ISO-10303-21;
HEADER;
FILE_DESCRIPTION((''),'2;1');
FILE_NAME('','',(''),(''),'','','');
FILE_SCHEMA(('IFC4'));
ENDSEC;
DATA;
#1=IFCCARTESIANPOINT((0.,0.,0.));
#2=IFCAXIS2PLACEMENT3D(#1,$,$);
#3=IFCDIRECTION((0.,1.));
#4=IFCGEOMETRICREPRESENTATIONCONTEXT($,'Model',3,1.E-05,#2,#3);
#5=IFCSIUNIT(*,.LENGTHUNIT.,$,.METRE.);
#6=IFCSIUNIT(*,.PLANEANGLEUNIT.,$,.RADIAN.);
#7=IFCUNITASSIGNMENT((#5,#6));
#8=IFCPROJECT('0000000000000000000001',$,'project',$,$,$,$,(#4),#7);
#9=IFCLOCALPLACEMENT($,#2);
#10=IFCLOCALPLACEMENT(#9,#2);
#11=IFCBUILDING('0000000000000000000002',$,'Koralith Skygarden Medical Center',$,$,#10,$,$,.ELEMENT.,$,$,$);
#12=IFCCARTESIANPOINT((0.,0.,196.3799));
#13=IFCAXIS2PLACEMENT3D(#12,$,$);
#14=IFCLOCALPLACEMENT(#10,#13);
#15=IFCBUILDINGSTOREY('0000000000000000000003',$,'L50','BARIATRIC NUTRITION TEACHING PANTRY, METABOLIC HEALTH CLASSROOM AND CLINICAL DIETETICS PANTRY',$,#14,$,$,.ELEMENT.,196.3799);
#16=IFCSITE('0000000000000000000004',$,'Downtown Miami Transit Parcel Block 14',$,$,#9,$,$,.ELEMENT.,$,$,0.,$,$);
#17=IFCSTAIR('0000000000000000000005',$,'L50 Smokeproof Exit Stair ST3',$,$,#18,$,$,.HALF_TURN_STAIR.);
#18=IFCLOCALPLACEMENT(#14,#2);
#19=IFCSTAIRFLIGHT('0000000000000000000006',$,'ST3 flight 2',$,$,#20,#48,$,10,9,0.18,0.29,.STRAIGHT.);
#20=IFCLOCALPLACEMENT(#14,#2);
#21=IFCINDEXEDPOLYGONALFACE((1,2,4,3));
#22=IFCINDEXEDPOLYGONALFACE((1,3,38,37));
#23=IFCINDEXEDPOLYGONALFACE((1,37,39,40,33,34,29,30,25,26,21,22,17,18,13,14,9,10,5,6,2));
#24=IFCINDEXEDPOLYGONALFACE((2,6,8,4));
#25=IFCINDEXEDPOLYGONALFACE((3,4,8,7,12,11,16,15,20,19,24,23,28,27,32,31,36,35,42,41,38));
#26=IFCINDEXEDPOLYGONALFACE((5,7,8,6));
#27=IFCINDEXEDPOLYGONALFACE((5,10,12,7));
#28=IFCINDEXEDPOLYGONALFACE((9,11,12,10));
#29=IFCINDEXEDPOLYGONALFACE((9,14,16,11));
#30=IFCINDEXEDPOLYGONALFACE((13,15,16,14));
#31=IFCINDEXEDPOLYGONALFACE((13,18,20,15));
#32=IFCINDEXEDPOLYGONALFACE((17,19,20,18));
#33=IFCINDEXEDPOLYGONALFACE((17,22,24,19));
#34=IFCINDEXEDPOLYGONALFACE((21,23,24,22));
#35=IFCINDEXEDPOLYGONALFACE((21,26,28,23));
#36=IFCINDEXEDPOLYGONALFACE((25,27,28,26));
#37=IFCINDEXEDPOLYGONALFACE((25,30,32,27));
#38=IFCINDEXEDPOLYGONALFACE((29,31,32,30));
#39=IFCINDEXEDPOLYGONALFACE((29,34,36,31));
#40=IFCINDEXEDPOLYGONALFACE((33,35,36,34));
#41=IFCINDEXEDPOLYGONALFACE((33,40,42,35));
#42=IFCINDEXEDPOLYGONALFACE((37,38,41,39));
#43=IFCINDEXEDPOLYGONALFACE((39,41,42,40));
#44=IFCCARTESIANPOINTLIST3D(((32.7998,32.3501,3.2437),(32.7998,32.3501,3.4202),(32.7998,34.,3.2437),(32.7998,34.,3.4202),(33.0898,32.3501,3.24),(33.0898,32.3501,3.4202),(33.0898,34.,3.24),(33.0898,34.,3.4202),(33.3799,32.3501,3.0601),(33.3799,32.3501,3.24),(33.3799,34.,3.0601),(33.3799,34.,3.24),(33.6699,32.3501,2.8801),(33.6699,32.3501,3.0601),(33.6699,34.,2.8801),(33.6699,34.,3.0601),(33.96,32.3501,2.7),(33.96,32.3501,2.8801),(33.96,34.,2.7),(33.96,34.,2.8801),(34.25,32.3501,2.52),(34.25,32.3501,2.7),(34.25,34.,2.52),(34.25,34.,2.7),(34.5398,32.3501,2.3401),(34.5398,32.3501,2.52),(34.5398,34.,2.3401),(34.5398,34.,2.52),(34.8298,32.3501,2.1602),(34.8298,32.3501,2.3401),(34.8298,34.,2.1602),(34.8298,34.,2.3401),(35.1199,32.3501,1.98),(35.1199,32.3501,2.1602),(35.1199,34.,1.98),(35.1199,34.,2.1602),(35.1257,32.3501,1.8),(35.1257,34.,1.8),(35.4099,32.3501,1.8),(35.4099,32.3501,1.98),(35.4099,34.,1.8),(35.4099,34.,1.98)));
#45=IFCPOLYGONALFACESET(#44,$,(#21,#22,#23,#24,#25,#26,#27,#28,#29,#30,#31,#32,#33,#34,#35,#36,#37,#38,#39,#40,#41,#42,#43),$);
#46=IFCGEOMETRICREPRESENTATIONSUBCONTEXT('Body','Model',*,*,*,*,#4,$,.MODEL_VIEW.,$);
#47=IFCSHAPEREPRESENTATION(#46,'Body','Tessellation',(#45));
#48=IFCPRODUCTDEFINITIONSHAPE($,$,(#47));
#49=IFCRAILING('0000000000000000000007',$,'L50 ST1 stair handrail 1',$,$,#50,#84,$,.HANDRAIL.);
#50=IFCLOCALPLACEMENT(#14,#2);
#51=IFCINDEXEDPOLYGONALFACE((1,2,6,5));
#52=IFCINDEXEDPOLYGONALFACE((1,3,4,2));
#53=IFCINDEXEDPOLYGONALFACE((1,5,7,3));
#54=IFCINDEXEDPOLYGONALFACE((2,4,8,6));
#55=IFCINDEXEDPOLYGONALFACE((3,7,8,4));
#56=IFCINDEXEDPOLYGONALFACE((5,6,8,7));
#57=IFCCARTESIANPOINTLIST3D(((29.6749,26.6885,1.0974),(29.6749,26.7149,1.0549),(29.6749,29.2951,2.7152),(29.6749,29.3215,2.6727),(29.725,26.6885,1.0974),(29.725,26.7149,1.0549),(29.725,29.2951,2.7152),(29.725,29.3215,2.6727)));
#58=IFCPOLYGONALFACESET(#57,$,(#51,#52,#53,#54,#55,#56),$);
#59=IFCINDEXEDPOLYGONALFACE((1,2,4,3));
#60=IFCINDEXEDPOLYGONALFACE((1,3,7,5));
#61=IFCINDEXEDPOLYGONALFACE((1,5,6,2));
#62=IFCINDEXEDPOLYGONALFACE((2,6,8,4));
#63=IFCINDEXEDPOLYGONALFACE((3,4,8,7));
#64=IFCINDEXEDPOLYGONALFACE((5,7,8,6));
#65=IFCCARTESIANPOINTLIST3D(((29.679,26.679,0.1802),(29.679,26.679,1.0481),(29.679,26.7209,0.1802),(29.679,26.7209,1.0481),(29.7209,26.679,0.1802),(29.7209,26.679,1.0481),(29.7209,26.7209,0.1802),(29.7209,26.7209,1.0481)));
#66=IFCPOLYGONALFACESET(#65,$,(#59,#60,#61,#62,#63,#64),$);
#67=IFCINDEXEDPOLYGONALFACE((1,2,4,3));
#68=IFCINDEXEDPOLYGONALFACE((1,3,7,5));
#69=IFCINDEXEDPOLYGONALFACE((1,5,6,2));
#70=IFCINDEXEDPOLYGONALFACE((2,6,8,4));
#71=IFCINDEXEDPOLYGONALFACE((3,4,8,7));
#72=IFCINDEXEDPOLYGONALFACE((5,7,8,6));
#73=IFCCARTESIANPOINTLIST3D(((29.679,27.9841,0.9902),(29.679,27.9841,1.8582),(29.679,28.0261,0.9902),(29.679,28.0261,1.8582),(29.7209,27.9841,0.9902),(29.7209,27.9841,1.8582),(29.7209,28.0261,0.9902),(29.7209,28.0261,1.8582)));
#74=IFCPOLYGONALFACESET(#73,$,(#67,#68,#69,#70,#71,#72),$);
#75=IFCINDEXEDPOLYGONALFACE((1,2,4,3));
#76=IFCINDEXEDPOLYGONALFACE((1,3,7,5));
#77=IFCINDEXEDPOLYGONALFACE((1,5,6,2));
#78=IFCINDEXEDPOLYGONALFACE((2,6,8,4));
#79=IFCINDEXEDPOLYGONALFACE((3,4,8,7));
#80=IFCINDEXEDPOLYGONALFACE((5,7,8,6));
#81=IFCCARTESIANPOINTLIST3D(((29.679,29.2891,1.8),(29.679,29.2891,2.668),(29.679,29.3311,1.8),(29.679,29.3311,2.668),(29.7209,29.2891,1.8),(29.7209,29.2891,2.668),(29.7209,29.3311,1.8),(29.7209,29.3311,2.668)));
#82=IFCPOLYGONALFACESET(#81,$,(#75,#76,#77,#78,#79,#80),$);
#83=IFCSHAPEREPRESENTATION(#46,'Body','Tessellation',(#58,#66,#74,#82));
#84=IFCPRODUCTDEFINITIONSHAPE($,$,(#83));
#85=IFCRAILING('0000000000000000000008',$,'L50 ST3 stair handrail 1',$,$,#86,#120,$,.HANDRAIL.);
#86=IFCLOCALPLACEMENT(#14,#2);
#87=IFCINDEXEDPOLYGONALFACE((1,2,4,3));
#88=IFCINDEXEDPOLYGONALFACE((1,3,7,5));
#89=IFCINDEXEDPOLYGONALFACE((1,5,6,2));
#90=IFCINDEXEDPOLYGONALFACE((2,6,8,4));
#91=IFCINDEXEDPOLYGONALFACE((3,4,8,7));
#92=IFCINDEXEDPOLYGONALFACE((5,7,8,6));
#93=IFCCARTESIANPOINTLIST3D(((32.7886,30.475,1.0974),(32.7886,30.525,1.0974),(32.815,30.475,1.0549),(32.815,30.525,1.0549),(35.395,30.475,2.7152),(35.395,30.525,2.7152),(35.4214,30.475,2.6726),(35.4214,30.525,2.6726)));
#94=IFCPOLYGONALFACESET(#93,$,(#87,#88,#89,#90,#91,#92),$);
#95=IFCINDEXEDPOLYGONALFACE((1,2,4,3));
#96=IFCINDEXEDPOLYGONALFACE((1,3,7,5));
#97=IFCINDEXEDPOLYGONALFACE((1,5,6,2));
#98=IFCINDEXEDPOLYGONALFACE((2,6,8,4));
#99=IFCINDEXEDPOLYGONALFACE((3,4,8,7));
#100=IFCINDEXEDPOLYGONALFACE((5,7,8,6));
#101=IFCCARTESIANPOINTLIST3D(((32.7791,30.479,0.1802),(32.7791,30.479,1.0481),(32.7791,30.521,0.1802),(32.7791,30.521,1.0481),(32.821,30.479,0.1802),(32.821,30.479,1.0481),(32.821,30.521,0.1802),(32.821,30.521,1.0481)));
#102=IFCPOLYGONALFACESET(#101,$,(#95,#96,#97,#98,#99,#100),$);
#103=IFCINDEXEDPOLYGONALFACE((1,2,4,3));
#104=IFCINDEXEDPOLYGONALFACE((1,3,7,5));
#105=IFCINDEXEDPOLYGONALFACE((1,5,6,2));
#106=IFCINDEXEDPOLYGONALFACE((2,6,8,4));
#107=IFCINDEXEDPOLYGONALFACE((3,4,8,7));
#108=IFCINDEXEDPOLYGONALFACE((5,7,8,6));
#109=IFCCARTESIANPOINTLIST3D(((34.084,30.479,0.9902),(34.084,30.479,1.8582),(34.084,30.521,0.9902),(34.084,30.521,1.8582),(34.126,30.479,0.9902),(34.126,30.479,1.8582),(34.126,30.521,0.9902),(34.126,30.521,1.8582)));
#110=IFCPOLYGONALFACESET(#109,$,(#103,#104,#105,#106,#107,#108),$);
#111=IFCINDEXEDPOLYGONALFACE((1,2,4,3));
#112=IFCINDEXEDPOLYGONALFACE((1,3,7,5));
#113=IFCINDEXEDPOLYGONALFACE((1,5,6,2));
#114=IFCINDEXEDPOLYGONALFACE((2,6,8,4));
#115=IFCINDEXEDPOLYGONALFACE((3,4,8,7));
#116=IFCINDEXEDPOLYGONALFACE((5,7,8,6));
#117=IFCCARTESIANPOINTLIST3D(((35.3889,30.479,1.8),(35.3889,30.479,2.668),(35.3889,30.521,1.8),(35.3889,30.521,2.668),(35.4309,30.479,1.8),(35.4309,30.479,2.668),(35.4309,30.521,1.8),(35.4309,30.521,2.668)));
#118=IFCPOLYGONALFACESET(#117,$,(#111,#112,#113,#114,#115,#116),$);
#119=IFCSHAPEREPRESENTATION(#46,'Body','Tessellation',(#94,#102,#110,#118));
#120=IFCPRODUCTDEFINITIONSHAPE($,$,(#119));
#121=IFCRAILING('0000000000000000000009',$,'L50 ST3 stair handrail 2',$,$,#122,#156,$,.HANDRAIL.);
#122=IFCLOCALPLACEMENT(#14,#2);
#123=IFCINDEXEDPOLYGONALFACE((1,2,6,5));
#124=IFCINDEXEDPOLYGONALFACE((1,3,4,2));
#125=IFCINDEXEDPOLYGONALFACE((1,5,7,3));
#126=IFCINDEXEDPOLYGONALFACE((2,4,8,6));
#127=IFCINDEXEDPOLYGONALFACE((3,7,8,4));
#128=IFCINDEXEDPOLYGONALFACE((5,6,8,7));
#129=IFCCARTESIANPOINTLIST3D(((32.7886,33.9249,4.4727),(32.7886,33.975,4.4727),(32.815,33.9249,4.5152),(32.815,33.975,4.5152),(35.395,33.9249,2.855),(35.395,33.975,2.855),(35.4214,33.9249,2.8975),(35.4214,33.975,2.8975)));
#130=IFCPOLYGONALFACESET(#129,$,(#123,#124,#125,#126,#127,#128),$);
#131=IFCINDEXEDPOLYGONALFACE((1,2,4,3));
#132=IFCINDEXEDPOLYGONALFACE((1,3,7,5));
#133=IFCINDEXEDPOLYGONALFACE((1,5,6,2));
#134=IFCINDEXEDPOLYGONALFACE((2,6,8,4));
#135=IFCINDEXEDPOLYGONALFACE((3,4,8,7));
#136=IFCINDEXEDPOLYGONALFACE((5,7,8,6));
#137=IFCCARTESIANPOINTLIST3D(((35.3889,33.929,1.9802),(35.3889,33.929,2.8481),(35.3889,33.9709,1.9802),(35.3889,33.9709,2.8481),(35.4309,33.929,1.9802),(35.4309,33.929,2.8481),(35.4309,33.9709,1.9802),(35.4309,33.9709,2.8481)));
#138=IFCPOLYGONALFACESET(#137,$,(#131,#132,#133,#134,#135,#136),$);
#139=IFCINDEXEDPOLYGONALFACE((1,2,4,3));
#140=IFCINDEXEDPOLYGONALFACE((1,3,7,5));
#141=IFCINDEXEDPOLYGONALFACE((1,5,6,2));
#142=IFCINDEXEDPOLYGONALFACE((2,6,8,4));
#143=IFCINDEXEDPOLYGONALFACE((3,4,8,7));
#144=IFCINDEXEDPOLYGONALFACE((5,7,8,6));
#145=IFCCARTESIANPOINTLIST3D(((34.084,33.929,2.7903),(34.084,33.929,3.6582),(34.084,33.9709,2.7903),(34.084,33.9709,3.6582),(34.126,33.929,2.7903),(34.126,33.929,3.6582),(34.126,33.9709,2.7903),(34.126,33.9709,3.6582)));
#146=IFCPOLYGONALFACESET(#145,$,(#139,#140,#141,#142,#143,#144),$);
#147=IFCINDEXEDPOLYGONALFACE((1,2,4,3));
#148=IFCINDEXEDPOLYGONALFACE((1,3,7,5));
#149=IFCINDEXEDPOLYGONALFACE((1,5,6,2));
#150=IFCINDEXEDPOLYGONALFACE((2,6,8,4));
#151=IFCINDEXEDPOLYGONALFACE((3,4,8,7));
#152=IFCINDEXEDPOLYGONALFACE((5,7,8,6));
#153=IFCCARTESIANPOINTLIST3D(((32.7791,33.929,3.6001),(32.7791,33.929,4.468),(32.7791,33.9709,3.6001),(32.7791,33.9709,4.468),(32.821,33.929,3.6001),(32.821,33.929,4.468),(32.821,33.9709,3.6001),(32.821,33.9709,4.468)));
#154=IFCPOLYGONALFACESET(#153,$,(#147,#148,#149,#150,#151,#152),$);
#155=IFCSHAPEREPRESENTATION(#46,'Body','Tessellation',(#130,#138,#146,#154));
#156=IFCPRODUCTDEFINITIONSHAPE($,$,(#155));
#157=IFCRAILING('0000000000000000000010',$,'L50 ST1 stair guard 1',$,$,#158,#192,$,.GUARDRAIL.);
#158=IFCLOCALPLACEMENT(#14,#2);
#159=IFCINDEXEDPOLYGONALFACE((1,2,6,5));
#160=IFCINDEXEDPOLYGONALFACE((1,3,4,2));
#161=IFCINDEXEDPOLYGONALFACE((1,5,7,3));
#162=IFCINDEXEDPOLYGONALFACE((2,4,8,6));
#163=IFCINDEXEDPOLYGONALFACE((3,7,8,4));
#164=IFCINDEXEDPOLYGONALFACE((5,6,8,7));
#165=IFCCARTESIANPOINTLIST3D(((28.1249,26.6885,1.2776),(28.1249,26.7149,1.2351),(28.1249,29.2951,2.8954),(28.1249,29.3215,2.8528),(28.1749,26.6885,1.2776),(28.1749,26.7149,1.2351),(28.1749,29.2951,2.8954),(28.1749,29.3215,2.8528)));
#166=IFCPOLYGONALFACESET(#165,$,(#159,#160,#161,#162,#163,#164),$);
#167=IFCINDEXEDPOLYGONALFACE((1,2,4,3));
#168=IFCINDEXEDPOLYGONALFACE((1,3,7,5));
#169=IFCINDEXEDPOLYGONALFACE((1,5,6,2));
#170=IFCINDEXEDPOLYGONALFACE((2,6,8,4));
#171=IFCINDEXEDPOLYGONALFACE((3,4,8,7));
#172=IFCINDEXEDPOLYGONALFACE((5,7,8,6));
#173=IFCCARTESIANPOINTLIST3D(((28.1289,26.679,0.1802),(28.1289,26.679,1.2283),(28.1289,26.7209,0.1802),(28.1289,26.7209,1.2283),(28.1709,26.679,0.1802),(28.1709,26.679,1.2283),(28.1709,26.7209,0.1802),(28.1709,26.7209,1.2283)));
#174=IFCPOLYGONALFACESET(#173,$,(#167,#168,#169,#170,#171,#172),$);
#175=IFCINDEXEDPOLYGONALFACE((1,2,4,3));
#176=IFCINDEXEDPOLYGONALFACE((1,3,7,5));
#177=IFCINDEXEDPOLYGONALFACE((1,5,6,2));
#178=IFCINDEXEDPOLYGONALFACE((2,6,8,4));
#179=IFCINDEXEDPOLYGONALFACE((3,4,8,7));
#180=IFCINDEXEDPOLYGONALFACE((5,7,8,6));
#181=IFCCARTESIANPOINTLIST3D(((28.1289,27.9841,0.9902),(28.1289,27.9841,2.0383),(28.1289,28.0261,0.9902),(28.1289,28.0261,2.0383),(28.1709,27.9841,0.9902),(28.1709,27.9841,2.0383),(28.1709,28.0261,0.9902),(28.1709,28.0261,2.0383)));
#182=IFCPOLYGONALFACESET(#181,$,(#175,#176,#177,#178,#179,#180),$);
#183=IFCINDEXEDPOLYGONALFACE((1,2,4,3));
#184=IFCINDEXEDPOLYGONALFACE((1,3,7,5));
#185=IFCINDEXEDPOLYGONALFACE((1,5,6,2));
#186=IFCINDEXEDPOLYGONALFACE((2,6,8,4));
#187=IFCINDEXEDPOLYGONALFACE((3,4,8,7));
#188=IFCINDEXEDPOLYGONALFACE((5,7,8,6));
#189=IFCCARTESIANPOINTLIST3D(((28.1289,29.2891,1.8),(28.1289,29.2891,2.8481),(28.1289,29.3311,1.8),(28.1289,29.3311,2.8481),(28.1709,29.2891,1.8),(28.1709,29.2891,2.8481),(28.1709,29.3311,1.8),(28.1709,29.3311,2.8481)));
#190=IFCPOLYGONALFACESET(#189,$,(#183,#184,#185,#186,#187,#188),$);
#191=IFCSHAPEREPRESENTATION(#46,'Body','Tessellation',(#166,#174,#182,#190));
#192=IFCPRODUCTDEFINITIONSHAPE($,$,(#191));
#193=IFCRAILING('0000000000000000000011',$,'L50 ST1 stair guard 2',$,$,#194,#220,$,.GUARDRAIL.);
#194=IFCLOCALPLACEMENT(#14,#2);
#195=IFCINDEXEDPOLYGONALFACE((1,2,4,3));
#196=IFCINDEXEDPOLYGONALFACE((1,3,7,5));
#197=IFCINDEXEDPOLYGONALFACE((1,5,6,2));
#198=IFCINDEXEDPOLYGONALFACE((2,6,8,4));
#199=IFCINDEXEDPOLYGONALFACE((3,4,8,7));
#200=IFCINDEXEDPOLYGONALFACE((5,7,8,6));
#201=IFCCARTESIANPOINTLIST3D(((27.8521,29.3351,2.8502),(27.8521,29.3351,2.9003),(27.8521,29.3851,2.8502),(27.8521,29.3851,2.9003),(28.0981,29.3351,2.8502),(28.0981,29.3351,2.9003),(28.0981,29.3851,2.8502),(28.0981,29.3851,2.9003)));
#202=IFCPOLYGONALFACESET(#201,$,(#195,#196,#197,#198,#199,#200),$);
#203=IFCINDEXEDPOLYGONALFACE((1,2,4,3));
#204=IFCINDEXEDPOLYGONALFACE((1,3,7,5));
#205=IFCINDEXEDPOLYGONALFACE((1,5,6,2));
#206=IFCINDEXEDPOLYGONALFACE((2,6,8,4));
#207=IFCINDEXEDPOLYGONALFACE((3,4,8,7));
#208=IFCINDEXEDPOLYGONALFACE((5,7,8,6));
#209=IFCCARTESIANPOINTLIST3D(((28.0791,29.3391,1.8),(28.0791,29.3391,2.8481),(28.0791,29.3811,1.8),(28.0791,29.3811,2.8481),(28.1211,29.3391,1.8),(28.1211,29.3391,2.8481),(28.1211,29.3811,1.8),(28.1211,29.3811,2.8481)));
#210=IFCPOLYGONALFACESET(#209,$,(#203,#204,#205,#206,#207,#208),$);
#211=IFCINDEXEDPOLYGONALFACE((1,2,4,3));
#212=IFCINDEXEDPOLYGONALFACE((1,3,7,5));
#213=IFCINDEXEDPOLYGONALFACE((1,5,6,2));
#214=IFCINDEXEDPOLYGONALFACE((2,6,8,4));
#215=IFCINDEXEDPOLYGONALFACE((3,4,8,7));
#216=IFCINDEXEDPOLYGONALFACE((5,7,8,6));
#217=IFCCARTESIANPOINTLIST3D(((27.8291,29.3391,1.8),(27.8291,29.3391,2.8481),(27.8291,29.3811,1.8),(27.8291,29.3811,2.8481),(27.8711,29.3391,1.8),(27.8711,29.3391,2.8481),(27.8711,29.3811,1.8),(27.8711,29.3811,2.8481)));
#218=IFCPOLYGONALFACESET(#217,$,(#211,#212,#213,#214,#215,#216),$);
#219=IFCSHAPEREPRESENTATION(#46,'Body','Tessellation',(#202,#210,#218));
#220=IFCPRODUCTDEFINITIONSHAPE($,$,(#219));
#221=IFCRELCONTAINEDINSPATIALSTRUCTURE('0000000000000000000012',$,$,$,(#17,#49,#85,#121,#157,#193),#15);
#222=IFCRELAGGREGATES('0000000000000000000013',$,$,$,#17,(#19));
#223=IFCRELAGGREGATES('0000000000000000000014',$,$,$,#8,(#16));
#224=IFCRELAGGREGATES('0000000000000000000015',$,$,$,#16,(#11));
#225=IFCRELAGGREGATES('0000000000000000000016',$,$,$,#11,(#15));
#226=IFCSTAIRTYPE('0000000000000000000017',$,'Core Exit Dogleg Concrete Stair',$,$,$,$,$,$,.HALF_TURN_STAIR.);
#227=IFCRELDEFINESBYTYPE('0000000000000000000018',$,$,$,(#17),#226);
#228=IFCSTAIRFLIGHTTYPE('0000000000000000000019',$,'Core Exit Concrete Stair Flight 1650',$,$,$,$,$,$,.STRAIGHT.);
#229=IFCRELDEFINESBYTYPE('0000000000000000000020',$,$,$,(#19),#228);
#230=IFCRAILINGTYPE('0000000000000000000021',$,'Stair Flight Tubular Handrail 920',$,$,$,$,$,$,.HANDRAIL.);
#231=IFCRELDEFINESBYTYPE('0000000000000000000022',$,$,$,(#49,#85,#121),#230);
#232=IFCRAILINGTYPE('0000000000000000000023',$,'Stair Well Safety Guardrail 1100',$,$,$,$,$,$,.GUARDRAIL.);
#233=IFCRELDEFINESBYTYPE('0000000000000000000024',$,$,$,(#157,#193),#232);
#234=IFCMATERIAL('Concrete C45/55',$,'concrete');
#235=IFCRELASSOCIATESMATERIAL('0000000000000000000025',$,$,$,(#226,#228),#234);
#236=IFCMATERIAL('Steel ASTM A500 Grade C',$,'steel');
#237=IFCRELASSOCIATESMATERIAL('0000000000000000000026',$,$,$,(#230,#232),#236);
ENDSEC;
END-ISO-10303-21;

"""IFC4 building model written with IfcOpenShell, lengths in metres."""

from ifc_helpers import new_model, si_unit, direction, frame, origin, origin_2d, place, context, subcontext, project, spatial, polyline, rectangle, outline, extrude, material, type_object, element, aggregate, save


model = new_model("IFC4")

# Units and contexts
model_context = context("Model", 3, precision=1e-05, world=origin(), true_north=direction((0.0, 1.0)))
body_context = subcontext(model_context, "Body", "Model", "MODEL_VIEW")
ifc_project = project(units=[si_unit("LENGTHUNIT", "METRE"), si_unit("PLANEANGLEUNIT", "RADIAN")], contexts=[model_context])

# Site, building, storey
site_placement = place(None, origin())
site = spatial("IfcSite", under=ifc_project, at=site_placement, Name="Downtown Miami Transit Parcel Block 14", CompositionType="ELEMENT", RefElevation=0.0)
building_placement = place(site_placement, origin())
building = spatial("IfcBuilding", under=site, at=building_placement, Name="Koralith Skygarden Medical Center", CompositionType="ELEMENT")
storey_placement = place(building_placement, frame((0.0, 0.0, 196.3799)))
storey = spatial("IfcBuildingStorey", under=building, at=storey_placement, Name="L50", Description="BARIATRIC NUTRITION TEACHING PANTRY, METABOLIC HEALTH CLASSROOM AND CLINICAL DIETETICS PANTRY", CompositionType="ELEMENT", Elevation=196.3799)

# Shared definitions
ifc_material_1 = material(Name="Concrete C45/55", Category="concrete")

# Shared definitions
stair_type = type_object("IfcStairType", Name="Core Exit Dogleg Concrete Stair", PredefinedType="HALF_TURN_STAIR", material=ifc_material_1)
stair_flight_type = type_object("IfcStairFlightType", Name="Core Exit Concrete Stair Flight 1650", PredefinedType="STRAIGHT", material=ifc_material_1)

# Stair, stair flight
stair_1_placement = place(storey_placement, origin())
stair_1 = element("IfcStair", 1, at=stair_1_placement, inside=storey, type_object=stair_type, Name="L50 Smokeproof Exit Stair ST3", PredefinedType="HALF_TURN_STAIR")
stair_flight_1_placement = place(storey_placement, frame((35.4099, 33.175, 1.8), z_axis=(0.0, 0.0, 1.0), x_axis=(-1.0, 0.0, 0.0)))
stair_flight_1 = element("IfcStairFlight", 2, at=stair_flight_1_placement, type_object=stair_flight_type, Name="ST3 flight 2", NumberOfRisers=10, NumberOfTreads=9, PredefinedType="STRAIGHT", RiserHeight=0.18, TreadLength=0.29, context=body_context, shape_type="SweptSolid", body=[
    extrude(outline(polyline([(0.0, 0.0), (0.0, 0.1799), (0.29, 0.1799), (0.29, 0.3601), (0.5801, 0.3601), (0.5801, 0.54), (0.8701, 0.54), (0.8701, 0.72), (1.1599, 0.72), (1.1599, 0.8999), (1.45, 0.8999), (1.45, 1.0801), (1.74, 1.0801), (1.74, 1.26), (2.03, 1.26), (2.03, 1.4399), (2.3201, 1.4399), (2.3201, 1.6201), (2.6101, 1.6201), (2.6101, 1.8), (2.6101, 1.4436), (0.2842, 0.0), (0.0, 0.0)])), frame((0.0, 0.825, 0.0), z_axis=(0.0, -1.0, 0.0), x_axis=(1.0, 0.0, 0.0)), (0.0, 0.0, 1.0), 1.6499),
])
aggregate(stair_1, [stair_flight_1])

# Railings
ifc_material_2 = material(Name="Steel ASTM A500 Grade C", Category="steel")
railing_type_1 = type_object("IfcRailingType", Name="Stair Flight Tubular Handrail 920", PredefinedType="HANDRAIL", material=ifc_material_2)
railing_1_placement = place(storey_placement, frame((29.7, 26.7, 0.1802)))
element("IfcRailing", 3, at=railing_1_placement, inside=storey, type_object=railing_type_1, Name="L50 ST1 stair handrail 1", PredefinedType="HANDRAIL", context=body_context, shape_type="SweptSolid", body=[
    extrude(rectangle(XDim=0.05, YDim=0.05, at=origin_2d()), frame((0.0, 0.0017, 0.896), z_axis=(0.0, 0.849668, 0.527317), x_axis=(-1.0, 0.0, 0.0)), (0.0, 0.0, 1.0), 3.0679),
    extrude(rectangle(XDim=0.042, YDim=0.042, at=origin_2d()), origin(), (0.0, 0.0, 1.0), 0.8679),
    extrude(rectangle(XDim=0.042, YDim=0.042, at=origin_2d()), frame((0.0, 1.3052, 0.8101)), (0.0, 0.0, 1.0), 0.8679),
    extrude(rectangle(XDim=0.042, YDim=0.042, at=origin_2d()), frame((0.0, 2.6101, 1.6199)), (0.0, 0.0, 1.0), 0.8679),
])
railing_2_placement = place(storey_placement, frame((32.8, 30.5, 0.1802)))
element("IfcRailing", 4, at=railing_2_placement, inside=storey, type_object=railing_type_1, Name="L50 ST3 stair handrail 1", PredefinedType="HANDRAIL", context=body_context, shape_type="SweptSolid", body=[
    extrude(rectangle(XDim=0.05, YDim=0.05, at=origin_2d()), frame((0.0017, 0.0, 0.896), z_axis=(0.849646, 0.0, 0.527353), x_axis=(0.0, 1.0, 0.0)), (0.0, 0.0, 1.0), 3.0676),
    extrude(rectangle(XDim=0.042, YDim=0.042, at=origin_2d()), origin(), (0.0, 0.0, 1.0), 0.8679),
    extrude(rectangle(XDim=0.042, YDim=0.042, at=origin_2d()), frame((1.3049, 0.0, 0.8101)), (0.0, 0.0, 1.0), 0.8679),
    extrude(rectangle(XDim=0.042, YDim=0.042, at=origin_2d()), frame((2.6099, 0.0, 1.6199)), (0.0, 0.0, 1.0), 0.8679),
])
railing_3_placement = place(storey_placement, frame((35.4099, 33.95, 1.9802)))
element("IfcRailing", 5, at=railing_3_placement, inside=storey, type_object=railing_type_1, Name="L50 ST3 stair handrail 2", PredefinedType="HANDRAIL", context=body_context, shape_type="SweptSolid", body=[
    extrude(rectangle(XDim=0.05, YDim=0.05, at=origin_2d()), frame((-0.0017, 0.0, 0.896), z_axis=(-0.849646, 0.0, 0.527353), x_axis=(0.0, -1.0, 0.0)), (0.0, 0.0, 1.0), 3.0676),
    extrude(rectangle(XDim=0.042, YDim=0.042, at=origin_2d()), origin(), (0.0, 0.0, 1.0), 0.8679),
    extrude(rectangle(XDim=0.042, YDim=0.042, at=origin_2d()), frame((-1.3049, 0.0, 0.8101)), (0.0, 0.0, 1.0), 0.8679),
    extrude(rectangle(XDim=0.042, YDim=0.042, at=origin_2d()), frame((-2.6099, 0.0, 1.6199)), (0.0, 0.0, 1.0), 0.8679),
])
railing_type_2 = type_object("IfcRailingType", Name="Stair Well Safety Guardrail 1100", PredefinedType="GUARDRAIL", material=ifc_material_2)
railing_4_placement = place(storey_placement, frame((28.1499, 26.7, 0.1802)))
element("IfcRailing", 6, at=railing_4_placement, inside=storey, type_object=railing_type_2, Name="L50 ST1 stair guard 1", PredefinedType="GUARDRAIL", context=body_context, shape_type="SweptSolid", body=[
    extrude(rectangle(XDim=0.05, YDim=0.05, at=origin_2d()), frame((0.0, 0.0017, 1.0762), z_axis=(0.0, 0.849668, 0.527317), x_axis=(-1.0, 0.0, 0.0)), (0.0, 0.0, 1.0), 3.0679),
    extrude(rectangle(XDim=0.042, YDim=0.042, at=origin_2d()), origin(), (0.0, 0.0, 1.0), 1.0481),
    extrude(rectangle(XDim=0.042, YDim=0.042, at=origin_2d()), frame((0.0, 1.3052, 0.8101)), (0.0, 0.0, 1.0), 1.0481),
    extrude(rectangle(XDim=0.042, YDim=0.042, at=origin_2d()), frame((0.0, 2.6101, 1.6199)), (0.0, 0.0, 1.0), 1.0481),
])
for number, where, name in (
    (7, (28.1001, 29.3601, 1.8), "L50 ST1 stair guard 2"),
):
    element("IfcRailing", number, at=place(storey_placement, frame(where)), inside=storey, type_object=railing_type_2, Name=name, PredefinedType="GUARDRAIL", context=body_context, shape_type="SweptSolid", body=[
        extrude(rectangle(XDim=0.05, YDim=0.05, at=origin_2d()), frame((-0.002, 0.0, 1.0752), z_axis=(-1.0, 0.0, 0.0), x_axis=(0.0, -1.0, 0.0)), (0.0, 0.0, 1.0), 0.2461),
        extrude(rectangle(XDim=0.042, YDim=0.042, at=origin_2d()), origin(), (0.0, 0.0, 1.0), 1.0481),
        extrude(rectangle(XDim=0.042, YDim=0.042, at=origin_2d()), frame((-0.25, 0.0, 0.0)), (0.0, 0.0, 1.0), 1.0481),
    ])

save(model, "model.ifc")
